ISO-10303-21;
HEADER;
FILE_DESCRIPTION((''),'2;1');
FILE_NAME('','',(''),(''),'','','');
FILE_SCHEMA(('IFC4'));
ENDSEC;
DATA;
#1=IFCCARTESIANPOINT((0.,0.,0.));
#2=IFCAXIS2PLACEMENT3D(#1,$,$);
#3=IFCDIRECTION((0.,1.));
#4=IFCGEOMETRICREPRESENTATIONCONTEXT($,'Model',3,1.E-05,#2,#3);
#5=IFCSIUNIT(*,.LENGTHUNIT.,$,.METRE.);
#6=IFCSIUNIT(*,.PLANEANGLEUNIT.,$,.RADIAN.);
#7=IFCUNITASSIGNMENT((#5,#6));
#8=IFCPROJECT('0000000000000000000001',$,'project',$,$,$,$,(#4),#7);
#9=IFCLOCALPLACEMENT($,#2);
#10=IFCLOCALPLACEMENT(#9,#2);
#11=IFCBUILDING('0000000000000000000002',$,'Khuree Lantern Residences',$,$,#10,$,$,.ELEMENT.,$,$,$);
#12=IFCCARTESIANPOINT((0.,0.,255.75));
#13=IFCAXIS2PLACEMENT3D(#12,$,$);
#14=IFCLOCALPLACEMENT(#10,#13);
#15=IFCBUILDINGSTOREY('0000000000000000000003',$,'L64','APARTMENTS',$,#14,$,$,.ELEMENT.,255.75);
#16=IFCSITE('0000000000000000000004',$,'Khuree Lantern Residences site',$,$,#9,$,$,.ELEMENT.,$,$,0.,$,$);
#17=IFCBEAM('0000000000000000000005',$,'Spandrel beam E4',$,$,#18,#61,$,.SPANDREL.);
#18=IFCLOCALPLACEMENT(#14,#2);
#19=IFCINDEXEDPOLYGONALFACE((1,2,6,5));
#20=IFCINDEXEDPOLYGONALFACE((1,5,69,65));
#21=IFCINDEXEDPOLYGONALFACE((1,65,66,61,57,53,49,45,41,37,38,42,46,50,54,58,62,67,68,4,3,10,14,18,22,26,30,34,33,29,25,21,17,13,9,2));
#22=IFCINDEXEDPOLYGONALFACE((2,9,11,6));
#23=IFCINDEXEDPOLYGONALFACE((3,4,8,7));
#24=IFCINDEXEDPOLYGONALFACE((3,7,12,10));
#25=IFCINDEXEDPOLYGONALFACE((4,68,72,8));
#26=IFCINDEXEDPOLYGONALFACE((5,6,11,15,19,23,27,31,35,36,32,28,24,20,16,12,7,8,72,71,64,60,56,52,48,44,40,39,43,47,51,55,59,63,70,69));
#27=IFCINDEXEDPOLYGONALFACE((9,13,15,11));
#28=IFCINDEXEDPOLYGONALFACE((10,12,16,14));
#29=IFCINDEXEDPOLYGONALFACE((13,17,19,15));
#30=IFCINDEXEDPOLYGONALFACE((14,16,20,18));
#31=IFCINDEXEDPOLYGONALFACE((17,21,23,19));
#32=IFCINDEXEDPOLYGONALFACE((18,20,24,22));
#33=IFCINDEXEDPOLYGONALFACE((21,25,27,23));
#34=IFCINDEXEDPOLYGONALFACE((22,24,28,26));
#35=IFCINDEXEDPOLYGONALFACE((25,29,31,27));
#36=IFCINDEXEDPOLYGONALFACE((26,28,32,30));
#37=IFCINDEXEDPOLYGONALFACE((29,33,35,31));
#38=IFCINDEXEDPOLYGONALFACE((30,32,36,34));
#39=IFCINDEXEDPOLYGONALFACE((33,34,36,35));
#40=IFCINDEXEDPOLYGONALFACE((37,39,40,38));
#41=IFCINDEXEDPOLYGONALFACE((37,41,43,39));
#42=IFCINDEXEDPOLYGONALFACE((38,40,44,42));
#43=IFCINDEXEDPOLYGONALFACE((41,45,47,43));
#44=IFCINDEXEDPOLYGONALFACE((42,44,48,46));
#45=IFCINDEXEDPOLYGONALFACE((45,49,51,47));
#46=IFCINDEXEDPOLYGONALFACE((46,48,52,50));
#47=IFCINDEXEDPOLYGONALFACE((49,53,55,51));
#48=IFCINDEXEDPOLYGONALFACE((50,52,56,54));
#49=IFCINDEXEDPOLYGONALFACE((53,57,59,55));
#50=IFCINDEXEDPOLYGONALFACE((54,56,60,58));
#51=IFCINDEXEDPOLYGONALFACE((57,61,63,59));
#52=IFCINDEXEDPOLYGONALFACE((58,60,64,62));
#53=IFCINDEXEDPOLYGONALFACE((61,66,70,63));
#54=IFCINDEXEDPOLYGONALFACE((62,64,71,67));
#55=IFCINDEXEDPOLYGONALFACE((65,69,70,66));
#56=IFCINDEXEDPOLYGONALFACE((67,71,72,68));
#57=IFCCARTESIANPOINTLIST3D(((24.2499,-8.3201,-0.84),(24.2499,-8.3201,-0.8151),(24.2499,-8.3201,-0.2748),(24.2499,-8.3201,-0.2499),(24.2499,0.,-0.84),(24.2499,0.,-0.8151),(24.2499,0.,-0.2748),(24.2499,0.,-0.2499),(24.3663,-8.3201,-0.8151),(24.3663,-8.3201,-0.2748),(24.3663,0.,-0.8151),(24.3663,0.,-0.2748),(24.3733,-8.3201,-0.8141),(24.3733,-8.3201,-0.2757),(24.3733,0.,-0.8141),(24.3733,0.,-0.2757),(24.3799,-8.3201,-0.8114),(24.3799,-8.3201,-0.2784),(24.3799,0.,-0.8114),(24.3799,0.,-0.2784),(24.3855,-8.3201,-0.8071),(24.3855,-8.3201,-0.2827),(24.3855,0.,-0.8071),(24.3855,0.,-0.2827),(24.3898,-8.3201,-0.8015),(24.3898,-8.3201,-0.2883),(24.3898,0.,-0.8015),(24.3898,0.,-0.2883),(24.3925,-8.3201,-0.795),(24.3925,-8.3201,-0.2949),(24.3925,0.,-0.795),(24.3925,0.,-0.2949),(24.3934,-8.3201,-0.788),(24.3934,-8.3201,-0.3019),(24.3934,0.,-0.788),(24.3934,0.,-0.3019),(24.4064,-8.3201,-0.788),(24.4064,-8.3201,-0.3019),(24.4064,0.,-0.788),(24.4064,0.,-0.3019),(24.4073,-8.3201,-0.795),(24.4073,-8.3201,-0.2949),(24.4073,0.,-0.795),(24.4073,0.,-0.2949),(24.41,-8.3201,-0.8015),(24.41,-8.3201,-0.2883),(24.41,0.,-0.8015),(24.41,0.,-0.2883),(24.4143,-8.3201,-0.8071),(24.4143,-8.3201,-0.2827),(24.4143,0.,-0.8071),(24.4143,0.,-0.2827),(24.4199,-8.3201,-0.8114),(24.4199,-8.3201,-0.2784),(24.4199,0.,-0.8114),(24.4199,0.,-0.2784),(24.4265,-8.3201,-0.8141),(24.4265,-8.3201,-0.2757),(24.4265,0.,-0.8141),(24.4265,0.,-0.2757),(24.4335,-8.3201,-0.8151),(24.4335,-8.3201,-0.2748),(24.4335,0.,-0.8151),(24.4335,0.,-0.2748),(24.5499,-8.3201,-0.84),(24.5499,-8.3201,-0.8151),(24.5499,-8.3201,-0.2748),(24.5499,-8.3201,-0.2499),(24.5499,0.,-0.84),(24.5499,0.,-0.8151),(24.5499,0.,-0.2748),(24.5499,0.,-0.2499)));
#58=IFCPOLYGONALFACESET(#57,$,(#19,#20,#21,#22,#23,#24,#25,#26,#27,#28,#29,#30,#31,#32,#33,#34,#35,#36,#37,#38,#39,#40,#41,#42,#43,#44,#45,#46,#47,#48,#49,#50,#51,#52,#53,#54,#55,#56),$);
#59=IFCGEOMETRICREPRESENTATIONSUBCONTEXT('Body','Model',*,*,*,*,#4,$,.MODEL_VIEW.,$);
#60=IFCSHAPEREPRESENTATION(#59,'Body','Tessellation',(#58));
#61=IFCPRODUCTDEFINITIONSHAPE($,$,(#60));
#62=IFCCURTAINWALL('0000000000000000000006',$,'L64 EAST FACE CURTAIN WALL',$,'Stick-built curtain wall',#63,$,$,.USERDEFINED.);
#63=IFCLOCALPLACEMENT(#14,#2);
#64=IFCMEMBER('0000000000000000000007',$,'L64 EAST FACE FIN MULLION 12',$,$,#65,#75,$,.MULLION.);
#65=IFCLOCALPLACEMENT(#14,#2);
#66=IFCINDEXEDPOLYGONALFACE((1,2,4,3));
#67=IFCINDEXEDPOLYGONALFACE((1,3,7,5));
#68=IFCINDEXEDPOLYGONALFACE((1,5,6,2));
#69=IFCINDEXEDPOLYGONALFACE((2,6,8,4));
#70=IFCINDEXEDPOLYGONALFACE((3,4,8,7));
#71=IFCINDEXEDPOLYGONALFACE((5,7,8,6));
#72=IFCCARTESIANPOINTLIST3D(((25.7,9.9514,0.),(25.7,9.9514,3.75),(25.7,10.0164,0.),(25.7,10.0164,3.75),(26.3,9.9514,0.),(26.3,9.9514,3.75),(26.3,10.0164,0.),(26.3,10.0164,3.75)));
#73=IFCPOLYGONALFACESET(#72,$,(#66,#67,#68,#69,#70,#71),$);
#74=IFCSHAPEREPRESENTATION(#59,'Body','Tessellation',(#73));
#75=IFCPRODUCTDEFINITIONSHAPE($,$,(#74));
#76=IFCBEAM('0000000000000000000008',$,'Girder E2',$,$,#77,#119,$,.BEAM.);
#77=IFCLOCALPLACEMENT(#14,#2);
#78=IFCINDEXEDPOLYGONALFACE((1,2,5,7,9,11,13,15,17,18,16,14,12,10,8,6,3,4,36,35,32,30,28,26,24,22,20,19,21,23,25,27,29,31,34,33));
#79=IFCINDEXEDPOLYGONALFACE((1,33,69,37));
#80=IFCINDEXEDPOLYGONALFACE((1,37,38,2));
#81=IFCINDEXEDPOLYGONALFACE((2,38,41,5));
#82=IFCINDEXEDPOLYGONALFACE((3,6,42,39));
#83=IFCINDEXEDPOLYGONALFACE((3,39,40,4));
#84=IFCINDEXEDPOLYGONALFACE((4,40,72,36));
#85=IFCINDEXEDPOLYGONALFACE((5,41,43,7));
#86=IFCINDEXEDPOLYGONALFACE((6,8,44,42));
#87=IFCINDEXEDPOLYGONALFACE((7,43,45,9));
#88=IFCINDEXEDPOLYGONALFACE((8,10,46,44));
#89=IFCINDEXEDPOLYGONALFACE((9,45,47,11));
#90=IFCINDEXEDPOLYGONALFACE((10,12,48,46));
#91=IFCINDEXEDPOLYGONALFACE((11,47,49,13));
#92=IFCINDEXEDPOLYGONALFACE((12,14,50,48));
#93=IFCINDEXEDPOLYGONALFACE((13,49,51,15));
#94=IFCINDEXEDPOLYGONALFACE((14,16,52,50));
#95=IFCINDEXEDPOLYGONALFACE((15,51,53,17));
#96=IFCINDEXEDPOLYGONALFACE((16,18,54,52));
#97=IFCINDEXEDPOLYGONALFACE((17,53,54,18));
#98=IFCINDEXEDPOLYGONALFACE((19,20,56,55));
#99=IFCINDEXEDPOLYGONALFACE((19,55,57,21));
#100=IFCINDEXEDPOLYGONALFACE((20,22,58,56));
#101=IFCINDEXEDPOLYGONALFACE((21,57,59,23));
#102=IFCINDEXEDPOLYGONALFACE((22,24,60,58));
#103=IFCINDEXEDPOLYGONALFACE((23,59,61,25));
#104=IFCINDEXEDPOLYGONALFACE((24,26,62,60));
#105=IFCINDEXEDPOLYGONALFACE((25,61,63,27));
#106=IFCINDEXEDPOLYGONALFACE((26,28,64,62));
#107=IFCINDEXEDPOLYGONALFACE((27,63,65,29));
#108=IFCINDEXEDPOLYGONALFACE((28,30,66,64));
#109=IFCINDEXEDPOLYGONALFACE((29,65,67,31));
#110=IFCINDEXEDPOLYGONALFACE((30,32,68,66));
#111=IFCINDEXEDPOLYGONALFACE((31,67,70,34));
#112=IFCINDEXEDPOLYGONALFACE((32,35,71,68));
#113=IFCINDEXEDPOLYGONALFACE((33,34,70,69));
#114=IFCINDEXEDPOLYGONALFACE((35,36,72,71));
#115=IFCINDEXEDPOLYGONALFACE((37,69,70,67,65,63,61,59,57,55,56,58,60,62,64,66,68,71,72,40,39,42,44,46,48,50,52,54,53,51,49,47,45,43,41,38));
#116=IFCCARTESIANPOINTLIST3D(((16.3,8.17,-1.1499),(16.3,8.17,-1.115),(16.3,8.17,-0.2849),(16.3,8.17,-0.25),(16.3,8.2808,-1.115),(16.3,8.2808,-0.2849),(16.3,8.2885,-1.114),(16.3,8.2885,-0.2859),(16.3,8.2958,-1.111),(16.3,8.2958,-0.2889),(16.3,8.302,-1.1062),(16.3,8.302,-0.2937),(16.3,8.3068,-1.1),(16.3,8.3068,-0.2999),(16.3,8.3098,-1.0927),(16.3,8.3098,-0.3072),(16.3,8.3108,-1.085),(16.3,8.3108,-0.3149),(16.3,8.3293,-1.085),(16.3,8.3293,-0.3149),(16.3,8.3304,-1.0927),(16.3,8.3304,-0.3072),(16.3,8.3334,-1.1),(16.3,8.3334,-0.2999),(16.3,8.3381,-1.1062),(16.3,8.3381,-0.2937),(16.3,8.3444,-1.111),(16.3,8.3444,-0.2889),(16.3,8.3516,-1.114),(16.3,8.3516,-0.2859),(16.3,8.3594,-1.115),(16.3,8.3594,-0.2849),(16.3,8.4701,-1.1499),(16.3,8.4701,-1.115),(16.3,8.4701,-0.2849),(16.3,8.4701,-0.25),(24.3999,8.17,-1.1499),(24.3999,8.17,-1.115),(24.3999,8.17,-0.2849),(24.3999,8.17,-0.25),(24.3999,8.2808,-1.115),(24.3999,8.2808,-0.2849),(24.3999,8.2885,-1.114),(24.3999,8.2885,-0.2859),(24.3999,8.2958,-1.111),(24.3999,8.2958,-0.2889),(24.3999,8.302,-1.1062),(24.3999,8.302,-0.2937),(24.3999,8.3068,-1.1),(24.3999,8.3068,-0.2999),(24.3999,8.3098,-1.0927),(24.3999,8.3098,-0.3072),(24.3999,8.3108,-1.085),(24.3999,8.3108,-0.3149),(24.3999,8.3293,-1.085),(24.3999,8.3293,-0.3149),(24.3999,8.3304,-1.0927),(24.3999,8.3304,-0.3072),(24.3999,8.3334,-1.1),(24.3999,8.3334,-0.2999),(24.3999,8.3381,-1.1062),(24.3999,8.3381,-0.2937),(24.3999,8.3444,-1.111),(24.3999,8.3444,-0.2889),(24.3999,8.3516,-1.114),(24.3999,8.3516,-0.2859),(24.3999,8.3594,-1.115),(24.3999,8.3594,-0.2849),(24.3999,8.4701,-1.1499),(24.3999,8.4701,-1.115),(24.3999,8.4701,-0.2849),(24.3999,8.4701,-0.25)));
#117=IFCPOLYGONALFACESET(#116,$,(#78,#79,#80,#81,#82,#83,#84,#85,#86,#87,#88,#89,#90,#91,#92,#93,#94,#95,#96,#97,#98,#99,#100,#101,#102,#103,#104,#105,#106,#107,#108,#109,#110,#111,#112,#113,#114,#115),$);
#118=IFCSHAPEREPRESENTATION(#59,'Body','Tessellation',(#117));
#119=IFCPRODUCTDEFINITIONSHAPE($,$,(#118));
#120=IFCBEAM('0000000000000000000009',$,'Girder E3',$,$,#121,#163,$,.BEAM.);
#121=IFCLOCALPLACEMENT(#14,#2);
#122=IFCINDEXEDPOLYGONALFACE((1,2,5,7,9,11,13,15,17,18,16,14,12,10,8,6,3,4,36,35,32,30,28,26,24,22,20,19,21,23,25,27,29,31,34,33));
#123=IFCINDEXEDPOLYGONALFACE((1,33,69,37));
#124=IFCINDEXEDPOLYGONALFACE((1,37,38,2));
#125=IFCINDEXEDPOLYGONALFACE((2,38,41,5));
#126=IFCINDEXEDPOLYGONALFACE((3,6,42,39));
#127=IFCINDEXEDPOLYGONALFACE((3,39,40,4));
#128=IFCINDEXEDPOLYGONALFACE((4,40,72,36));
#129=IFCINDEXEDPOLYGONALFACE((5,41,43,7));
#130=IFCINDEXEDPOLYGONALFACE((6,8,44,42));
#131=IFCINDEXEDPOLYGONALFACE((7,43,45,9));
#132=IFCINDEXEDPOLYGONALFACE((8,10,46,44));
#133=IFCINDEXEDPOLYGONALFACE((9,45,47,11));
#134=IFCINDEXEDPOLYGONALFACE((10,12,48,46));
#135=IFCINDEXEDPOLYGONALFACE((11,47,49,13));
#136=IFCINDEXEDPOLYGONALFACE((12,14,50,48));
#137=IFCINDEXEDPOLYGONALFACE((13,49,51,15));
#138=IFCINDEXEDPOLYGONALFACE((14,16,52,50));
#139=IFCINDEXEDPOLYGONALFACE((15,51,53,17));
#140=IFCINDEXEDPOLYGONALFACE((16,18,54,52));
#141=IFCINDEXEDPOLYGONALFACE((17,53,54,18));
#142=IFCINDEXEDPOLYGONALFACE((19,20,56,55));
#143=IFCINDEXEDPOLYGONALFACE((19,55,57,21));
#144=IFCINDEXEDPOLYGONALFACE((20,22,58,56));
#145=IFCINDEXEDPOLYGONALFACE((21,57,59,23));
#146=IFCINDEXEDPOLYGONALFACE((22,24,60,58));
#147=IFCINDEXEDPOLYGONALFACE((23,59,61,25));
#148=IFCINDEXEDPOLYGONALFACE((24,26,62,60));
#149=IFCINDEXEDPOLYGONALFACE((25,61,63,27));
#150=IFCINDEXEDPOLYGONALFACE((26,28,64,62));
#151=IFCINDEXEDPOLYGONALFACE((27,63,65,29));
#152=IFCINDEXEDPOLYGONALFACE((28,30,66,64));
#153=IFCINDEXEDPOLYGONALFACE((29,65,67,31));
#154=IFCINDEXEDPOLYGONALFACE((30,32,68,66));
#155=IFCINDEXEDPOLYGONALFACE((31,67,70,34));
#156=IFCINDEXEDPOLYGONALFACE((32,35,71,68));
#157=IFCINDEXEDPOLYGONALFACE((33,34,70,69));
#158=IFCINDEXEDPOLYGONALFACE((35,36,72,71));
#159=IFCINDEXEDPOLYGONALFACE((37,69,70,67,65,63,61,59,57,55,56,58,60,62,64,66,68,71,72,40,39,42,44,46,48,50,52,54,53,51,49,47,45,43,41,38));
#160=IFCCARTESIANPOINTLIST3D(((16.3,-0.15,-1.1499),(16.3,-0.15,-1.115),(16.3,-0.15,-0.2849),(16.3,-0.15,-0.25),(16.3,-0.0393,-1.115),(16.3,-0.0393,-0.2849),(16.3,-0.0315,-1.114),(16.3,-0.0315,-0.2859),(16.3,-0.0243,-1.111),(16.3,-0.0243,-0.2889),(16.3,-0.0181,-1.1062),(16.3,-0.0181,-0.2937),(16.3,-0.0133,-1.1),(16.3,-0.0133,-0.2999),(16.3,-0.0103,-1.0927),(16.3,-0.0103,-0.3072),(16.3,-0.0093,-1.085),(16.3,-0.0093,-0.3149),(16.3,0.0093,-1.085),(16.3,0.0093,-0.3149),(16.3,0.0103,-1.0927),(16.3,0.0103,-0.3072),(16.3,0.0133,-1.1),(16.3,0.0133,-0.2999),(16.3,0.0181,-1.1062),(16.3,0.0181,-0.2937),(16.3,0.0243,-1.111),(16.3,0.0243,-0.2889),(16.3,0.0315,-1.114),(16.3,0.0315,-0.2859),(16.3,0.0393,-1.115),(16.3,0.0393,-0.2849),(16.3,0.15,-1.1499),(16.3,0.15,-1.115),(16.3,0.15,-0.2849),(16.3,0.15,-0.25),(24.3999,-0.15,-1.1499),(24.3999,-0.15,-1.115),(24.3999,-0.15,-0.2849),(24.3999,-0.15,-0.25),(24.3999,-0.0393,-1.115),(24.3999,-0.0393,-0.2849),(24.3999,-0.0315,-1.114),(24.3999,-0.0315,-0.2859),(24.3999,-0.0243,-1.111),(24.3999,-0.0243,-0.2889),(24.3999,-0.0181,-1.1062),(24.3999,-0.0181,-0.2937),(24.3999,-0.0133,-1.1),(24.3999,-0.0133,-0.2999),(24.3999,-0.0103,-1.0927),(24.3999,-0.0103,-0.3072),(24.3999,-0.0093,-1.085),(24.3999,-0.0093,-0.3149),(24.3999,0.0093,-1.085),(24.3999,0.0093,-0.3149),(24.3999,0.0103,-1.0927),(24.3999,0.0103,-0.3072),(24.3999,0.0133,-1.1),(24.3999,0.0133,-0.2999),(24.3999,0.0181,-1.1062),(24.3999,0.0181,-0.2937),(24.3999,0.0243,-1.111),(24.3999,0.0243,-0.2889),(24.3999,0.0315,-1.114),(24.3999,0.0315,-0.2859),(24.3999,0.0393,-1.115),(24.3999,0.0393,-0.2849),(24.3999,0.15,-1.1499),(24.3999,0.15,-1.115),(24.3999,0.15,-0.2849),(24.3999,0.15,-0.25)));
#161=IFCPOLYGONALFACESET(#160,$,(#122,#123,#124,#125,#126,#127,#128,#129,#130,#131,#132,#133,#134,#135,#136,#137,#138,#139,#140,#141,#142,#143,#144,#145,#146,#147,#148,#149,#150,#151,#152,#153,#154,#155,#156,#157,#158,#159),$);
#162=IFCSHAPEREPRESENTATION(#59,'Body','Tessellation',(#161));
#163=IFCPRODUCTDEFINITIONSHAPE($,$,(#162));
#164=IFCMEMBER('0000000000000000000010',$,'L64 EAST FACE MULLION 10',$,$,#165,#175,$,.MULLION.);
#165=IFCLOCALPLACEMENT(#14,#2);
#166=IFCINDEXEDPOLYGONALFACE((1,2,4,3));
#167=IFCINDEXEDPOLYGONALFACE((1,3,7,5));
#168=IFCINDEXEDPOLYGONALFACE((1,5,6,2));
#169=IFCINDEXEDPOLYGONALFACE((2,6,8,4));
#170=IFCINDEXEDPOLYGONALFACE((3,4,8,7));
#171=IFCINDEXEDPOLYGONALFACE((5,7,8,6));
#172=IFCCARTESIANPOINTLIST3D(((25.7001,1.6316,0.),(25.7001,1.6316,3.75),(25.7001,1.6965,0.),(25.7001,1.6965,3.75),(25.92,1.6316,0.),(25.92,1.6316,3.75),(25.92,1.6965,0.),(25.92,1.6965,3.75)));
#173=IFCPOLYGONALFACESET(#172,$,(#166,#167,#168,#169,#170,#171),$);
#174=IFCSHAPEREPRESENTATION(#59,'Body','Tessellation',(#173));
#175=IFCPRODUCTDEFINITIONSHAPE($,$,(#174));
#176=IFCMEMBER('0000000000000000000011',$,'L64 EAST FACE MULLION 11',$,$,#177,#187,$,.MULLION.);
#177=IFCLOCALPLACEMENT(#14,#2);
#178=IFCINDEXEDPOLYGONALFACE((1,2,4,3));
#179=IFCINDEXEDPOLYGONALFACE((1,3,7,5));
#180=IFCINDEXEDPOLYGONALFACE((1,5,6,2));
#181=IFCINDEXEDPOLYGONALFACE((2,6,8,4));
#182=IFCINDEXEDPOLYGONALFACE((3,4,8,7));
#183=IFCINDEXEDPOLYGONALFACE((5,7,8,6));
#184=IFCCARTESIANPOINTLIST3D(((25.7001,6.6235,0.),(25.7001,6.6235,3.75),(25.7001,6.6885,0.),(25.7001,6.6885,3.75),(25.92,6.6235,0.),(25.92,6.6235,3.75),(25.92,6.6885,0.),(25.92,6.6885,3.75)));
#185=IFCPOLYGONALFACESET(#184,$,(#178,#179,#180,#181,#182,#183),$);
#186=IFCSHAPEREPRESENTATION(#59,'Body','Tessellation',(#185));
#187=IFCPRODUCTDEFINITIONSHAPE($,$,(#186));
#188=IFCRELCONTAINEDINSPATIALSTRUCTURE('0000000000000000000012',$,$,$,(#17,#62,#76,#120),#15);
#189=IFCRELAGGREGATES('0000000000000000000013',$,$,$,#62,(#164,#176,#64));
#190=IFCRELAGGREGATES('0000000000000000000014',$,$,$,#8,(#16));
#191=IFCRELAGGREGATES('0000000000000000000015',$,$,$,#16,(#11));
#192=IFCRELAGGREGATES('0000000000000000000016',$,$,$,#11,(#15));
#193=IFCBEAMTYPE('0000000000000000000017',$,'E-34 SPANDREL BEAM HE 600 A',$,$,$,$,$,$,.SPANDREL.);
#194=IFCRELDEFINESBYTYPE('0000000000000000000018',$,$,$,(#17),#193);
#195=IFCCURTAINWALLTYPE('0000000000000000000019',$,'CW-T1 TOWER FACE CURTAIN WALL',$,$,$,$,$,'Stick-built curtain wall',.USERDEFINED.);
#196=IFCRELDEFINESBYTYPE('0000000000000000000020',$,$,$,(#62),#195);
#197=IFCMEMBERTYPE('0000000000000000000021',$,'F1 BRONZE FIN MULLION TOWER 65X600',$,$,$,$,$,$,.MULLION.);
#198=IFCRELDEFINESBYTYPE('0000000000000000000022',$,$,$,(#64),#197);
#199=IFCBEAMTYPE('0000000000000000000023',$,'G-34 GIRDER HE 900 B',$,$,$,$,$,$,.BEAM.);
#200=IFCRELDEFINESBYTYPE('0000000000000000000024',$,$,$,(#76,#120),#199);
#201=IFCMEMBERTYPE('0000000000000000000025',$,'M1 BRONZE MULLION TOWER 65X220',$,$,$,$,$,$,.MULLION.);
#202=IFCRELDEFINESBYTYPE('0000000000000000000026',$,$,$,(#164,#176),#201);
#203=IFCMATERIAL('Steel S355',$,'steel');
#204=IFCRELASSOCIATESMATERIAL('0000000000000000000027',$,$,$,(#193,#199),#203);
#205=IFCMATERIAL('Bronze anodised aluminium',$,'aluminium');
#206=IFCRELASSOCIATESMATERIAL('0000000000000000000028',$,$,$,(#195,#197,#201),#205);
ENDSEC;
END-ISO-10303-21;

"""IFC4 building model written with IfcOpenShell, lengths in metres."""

from ifc_helpers import new_model, si_unit, direction, frame, origin, origin_2d, place, context, subcontext, project, spatial, rectangle, i_section, extrude, material, material_profile, profile_set, type_object, element, aggregate, save


model = new_model("IFC4")

# Units and contexts
model_context = context("Model", 3, precision=1e-05, world=origin(), true_north=direction((0.0, 1.0)))
body_context = subcontext(model_context, "Body", "Model", "MODEL_VIEW")
ifc_project = project(units=[si_unit("LENGTHUNIT", "METRE"), si_unit("PLANEANGLEUNIT", "RADIAN")], contexts=[model_context])

# Site, building, storey
site_placement = place(None, origin())
site = spatial("IfcSite", under=ifc_project, at=site_placement, Name="Khuree Lantern Residences site", CompositionType="ELEMENT", RefElevation=0.0)
building_placement = place(site_placement, origin())
building = spatial("IfcBuilding", under=site, at=building_placement, Name="Khuree Lantern Residences", CompositionType="ELEMENT")
storey_placement = place(building_placement, frame((0.0, 0.0, 255.75)))
storey = spatial("IfcBuildingStorey", under=building, at=storey_placement, Name="L64", Description="APARTMENTS", CompositionType="ELEMENT", Elevation=255.75)

# Beam
ifc_material_1 = material(Name="Steel S355", Category="steel")
ifc_material_profile_1 = material_profile(ifc_material_1, i_section(OverallWidth=0.3, OverallDepth=0.5901, WebThickness=0.0129, FlangeThickness=0.0249, FilletRadius=0.0271, at=origin_2d()), Name="HE 600 A")
ifc_profile_set_1 = profile_set([ifc_material_profile_1], Name="Steel S355")
beam_type_1 = type_object("IfcBeamType", Name="E-34 SPANDREL BEAM HE 600 A", PredefinedType="SPANDREL", material=ifc_profile_set_1)
for number, where, z_axis, x_axis, name in (
    (1, (24.3999, 0.0, -0.5449), (0.0, -1.0, 0.0), (1.0, 0.0, 0.0), "Spandrel beam E4"),
):
    element("IfcBeam", number, at=place(storey_placement, frame(where, z_axis=z_axis, x_axis=x_axis)), inside=storey, type_object=beam_type_1, Name=name, PredefinedType="SPANDREL", context=body_context, shape_type="SweptSolid", body=[
        extrude(i_section(OverallWidth=0.3, OverallDepth=0.5901, WebThickness=0.0129, FlangeThickness=0.0249, FilletRadius=0.0271, at=origin_2d()), origin(), (0.0, 0.0, 1.0), 8.3201),
    ])

# Curtain wall, member
ifc_material_2 = material(Name="Bronze anodised aluminium", Category="aluminium")
curtain_wall_type = type_object("IfcCurtainWallType", Name="CW-T1 TOWER FACE CURTAIN WALL", ElementType="Stick-built curtain wall", PredefinedType="USERDEFINED", material=ifc_material_2)
curtain_wall_placement = place(storey_placement, origin())
curtain_wall = element("IfcCurtainWall", 2, at=curtain_wall_placement, inside=storey, type_object=curtain_wall_type, Name="L64 EAST FACE CURTAIN WALL", ObjectType="Stick-built curtain wall", PredefinedType="USERDEFINED")
ifc_material_profile_2 = material_profile(ifc_material_2, rectangle(XDim=0.0649, YDim=0.6001, at=origin_2d()), Name="F1 65X600")
ifc_profile_set_2 = profile_set([ifc_material_profile_2], Name="Bronze anodised aluminium")
member_type_1 = type_object("IfcMemberType", Name="F1 BRONZE FIN MULLION TOWER 65X600", PredefinedType="MULLION", material=ifc_profile_set_2)
member_1_placement = place(storey_placement, frame((26.0, 9.9839, 0.0), z_axis=(0.0, 0.0, 1.0), x_axis=(0.0, 1.0, 0.0)))
member_1 = element("IfcMember", 3, at=member_1_placement, type_object=member_type_1, Name="L64 EAST FACE FIN MULLION 12", PredefinedType="MULLION", context=body_context, shape_type="SweptSolid", body=[
    extrude(rectangle(XDim=0.0649, YDim=0.6001, at=origin_2d()), origin(), (0.0, 0.0, 1.0), 3.75),
])

# Beams
ifc_material_profile_3 = material_profile(ifc_material_1, i_section(OverallWidth=0.3, OverallDepth=0.8999, WebThickness=0.0186, FlangeThickness=0.0349, FilletRadius=0.03, at=origin_2d()), Name="HE 900 B")
ifc_profile_set_3 = profile_set([ifc_material_profile_3], Name="Steel S355")
beam_type_2 = type_object("IfcBeamType", Name="G-34 GIRDER HE 900 B", PredefinedType="BEAM", material=ifc_profile_set_3)
for number, where, z_axis, x_axis, name in (
    (4, (24.3999, 8.3201, -0.7), (-1.0, 0.0, 0.0), (0.0, -1.0, 0.0), "Girder E2"),
    (5, (24.3999, 0.0, -0.7), (-1.0, 0.0, 0.0), (0.0, -1.0, 0.0), "Girder E3"),
):
    element("IfcBeam", number, at=place(storey_placement, frame(where, z_axis=z_axis, x_axis=x_axis)), inside=storey, type_object=beam_type_2, Name=name, PredefinedType="BEAM", context=body_context, shape_type="SweptSolid", body=[
        extrude(i_section(OverallWidth=0.3, OverallDepth=0.8999, WebThickness=0.0186, FlangeThickness=0.0349, FilletRadius=0.03, at=origin_2d()), origin(), (0.0, 0.0, 1.0), 8.0999),
    ])

# Members
ifc_material_profile_4 = material_profile(ifc_material_2, rectangle(XDim=0.0649, YDim=0.22, at=origin_2d()), Name="M1 65X220")
ifc_profile_set_4 = profile_set([ifc_material_profile_4], Name="Bronze anodised aluminium")
member_type_2 = type_object("IfcMemberType", Name="M1 BRONZE MULLION TOWER 65X220", PredefinedType="MULLION", material=ifc_profile_set_4)
member_2_placement = place(storey_placement, frame((25.8101, 1.6641, 0.0), z_axis=(0.0, 0.0, 1.0), x_axis=(0.0, 1.0, 0.0)))
member_2 = element("IfcMember", 6, at=member_2_placement, type_object=member_type_2, Name="L64 EAST FACE MULLION 10", PredefinedType="MULLION", context=body_context, shape_type="SweptSolid", body=[
    extrude(rectangle(XDim=0.0649, YDim=0.22, at=origin_2d()), origin(), (0.0, 0.0, 1.0), 3.75),
])
member_3_placement = place(storey_placement, frame((25.8101, 6.656, 0.0), z_axis=(0.0, 0.0, 1.0), x_axis=(0.0, 1.0, 0.0)))
member_3 = element("IfcMember", 7, at=member_3_placement, type_object=member_type_2, Name="L64 EAST FACE MULLION 11", PredefinedType="MULLION", context=body_context, shape_type="SweptSolid", body=[
    extrude(rectangle(XDim=0.0649, YDim=0.22, at=origin_2d()), origin(), (0.0, 0.0, 1.0), 3.75),
])

aggregate(curtain_wall, [member_2, member_3, member_1])

save(model, "model.ifc")
